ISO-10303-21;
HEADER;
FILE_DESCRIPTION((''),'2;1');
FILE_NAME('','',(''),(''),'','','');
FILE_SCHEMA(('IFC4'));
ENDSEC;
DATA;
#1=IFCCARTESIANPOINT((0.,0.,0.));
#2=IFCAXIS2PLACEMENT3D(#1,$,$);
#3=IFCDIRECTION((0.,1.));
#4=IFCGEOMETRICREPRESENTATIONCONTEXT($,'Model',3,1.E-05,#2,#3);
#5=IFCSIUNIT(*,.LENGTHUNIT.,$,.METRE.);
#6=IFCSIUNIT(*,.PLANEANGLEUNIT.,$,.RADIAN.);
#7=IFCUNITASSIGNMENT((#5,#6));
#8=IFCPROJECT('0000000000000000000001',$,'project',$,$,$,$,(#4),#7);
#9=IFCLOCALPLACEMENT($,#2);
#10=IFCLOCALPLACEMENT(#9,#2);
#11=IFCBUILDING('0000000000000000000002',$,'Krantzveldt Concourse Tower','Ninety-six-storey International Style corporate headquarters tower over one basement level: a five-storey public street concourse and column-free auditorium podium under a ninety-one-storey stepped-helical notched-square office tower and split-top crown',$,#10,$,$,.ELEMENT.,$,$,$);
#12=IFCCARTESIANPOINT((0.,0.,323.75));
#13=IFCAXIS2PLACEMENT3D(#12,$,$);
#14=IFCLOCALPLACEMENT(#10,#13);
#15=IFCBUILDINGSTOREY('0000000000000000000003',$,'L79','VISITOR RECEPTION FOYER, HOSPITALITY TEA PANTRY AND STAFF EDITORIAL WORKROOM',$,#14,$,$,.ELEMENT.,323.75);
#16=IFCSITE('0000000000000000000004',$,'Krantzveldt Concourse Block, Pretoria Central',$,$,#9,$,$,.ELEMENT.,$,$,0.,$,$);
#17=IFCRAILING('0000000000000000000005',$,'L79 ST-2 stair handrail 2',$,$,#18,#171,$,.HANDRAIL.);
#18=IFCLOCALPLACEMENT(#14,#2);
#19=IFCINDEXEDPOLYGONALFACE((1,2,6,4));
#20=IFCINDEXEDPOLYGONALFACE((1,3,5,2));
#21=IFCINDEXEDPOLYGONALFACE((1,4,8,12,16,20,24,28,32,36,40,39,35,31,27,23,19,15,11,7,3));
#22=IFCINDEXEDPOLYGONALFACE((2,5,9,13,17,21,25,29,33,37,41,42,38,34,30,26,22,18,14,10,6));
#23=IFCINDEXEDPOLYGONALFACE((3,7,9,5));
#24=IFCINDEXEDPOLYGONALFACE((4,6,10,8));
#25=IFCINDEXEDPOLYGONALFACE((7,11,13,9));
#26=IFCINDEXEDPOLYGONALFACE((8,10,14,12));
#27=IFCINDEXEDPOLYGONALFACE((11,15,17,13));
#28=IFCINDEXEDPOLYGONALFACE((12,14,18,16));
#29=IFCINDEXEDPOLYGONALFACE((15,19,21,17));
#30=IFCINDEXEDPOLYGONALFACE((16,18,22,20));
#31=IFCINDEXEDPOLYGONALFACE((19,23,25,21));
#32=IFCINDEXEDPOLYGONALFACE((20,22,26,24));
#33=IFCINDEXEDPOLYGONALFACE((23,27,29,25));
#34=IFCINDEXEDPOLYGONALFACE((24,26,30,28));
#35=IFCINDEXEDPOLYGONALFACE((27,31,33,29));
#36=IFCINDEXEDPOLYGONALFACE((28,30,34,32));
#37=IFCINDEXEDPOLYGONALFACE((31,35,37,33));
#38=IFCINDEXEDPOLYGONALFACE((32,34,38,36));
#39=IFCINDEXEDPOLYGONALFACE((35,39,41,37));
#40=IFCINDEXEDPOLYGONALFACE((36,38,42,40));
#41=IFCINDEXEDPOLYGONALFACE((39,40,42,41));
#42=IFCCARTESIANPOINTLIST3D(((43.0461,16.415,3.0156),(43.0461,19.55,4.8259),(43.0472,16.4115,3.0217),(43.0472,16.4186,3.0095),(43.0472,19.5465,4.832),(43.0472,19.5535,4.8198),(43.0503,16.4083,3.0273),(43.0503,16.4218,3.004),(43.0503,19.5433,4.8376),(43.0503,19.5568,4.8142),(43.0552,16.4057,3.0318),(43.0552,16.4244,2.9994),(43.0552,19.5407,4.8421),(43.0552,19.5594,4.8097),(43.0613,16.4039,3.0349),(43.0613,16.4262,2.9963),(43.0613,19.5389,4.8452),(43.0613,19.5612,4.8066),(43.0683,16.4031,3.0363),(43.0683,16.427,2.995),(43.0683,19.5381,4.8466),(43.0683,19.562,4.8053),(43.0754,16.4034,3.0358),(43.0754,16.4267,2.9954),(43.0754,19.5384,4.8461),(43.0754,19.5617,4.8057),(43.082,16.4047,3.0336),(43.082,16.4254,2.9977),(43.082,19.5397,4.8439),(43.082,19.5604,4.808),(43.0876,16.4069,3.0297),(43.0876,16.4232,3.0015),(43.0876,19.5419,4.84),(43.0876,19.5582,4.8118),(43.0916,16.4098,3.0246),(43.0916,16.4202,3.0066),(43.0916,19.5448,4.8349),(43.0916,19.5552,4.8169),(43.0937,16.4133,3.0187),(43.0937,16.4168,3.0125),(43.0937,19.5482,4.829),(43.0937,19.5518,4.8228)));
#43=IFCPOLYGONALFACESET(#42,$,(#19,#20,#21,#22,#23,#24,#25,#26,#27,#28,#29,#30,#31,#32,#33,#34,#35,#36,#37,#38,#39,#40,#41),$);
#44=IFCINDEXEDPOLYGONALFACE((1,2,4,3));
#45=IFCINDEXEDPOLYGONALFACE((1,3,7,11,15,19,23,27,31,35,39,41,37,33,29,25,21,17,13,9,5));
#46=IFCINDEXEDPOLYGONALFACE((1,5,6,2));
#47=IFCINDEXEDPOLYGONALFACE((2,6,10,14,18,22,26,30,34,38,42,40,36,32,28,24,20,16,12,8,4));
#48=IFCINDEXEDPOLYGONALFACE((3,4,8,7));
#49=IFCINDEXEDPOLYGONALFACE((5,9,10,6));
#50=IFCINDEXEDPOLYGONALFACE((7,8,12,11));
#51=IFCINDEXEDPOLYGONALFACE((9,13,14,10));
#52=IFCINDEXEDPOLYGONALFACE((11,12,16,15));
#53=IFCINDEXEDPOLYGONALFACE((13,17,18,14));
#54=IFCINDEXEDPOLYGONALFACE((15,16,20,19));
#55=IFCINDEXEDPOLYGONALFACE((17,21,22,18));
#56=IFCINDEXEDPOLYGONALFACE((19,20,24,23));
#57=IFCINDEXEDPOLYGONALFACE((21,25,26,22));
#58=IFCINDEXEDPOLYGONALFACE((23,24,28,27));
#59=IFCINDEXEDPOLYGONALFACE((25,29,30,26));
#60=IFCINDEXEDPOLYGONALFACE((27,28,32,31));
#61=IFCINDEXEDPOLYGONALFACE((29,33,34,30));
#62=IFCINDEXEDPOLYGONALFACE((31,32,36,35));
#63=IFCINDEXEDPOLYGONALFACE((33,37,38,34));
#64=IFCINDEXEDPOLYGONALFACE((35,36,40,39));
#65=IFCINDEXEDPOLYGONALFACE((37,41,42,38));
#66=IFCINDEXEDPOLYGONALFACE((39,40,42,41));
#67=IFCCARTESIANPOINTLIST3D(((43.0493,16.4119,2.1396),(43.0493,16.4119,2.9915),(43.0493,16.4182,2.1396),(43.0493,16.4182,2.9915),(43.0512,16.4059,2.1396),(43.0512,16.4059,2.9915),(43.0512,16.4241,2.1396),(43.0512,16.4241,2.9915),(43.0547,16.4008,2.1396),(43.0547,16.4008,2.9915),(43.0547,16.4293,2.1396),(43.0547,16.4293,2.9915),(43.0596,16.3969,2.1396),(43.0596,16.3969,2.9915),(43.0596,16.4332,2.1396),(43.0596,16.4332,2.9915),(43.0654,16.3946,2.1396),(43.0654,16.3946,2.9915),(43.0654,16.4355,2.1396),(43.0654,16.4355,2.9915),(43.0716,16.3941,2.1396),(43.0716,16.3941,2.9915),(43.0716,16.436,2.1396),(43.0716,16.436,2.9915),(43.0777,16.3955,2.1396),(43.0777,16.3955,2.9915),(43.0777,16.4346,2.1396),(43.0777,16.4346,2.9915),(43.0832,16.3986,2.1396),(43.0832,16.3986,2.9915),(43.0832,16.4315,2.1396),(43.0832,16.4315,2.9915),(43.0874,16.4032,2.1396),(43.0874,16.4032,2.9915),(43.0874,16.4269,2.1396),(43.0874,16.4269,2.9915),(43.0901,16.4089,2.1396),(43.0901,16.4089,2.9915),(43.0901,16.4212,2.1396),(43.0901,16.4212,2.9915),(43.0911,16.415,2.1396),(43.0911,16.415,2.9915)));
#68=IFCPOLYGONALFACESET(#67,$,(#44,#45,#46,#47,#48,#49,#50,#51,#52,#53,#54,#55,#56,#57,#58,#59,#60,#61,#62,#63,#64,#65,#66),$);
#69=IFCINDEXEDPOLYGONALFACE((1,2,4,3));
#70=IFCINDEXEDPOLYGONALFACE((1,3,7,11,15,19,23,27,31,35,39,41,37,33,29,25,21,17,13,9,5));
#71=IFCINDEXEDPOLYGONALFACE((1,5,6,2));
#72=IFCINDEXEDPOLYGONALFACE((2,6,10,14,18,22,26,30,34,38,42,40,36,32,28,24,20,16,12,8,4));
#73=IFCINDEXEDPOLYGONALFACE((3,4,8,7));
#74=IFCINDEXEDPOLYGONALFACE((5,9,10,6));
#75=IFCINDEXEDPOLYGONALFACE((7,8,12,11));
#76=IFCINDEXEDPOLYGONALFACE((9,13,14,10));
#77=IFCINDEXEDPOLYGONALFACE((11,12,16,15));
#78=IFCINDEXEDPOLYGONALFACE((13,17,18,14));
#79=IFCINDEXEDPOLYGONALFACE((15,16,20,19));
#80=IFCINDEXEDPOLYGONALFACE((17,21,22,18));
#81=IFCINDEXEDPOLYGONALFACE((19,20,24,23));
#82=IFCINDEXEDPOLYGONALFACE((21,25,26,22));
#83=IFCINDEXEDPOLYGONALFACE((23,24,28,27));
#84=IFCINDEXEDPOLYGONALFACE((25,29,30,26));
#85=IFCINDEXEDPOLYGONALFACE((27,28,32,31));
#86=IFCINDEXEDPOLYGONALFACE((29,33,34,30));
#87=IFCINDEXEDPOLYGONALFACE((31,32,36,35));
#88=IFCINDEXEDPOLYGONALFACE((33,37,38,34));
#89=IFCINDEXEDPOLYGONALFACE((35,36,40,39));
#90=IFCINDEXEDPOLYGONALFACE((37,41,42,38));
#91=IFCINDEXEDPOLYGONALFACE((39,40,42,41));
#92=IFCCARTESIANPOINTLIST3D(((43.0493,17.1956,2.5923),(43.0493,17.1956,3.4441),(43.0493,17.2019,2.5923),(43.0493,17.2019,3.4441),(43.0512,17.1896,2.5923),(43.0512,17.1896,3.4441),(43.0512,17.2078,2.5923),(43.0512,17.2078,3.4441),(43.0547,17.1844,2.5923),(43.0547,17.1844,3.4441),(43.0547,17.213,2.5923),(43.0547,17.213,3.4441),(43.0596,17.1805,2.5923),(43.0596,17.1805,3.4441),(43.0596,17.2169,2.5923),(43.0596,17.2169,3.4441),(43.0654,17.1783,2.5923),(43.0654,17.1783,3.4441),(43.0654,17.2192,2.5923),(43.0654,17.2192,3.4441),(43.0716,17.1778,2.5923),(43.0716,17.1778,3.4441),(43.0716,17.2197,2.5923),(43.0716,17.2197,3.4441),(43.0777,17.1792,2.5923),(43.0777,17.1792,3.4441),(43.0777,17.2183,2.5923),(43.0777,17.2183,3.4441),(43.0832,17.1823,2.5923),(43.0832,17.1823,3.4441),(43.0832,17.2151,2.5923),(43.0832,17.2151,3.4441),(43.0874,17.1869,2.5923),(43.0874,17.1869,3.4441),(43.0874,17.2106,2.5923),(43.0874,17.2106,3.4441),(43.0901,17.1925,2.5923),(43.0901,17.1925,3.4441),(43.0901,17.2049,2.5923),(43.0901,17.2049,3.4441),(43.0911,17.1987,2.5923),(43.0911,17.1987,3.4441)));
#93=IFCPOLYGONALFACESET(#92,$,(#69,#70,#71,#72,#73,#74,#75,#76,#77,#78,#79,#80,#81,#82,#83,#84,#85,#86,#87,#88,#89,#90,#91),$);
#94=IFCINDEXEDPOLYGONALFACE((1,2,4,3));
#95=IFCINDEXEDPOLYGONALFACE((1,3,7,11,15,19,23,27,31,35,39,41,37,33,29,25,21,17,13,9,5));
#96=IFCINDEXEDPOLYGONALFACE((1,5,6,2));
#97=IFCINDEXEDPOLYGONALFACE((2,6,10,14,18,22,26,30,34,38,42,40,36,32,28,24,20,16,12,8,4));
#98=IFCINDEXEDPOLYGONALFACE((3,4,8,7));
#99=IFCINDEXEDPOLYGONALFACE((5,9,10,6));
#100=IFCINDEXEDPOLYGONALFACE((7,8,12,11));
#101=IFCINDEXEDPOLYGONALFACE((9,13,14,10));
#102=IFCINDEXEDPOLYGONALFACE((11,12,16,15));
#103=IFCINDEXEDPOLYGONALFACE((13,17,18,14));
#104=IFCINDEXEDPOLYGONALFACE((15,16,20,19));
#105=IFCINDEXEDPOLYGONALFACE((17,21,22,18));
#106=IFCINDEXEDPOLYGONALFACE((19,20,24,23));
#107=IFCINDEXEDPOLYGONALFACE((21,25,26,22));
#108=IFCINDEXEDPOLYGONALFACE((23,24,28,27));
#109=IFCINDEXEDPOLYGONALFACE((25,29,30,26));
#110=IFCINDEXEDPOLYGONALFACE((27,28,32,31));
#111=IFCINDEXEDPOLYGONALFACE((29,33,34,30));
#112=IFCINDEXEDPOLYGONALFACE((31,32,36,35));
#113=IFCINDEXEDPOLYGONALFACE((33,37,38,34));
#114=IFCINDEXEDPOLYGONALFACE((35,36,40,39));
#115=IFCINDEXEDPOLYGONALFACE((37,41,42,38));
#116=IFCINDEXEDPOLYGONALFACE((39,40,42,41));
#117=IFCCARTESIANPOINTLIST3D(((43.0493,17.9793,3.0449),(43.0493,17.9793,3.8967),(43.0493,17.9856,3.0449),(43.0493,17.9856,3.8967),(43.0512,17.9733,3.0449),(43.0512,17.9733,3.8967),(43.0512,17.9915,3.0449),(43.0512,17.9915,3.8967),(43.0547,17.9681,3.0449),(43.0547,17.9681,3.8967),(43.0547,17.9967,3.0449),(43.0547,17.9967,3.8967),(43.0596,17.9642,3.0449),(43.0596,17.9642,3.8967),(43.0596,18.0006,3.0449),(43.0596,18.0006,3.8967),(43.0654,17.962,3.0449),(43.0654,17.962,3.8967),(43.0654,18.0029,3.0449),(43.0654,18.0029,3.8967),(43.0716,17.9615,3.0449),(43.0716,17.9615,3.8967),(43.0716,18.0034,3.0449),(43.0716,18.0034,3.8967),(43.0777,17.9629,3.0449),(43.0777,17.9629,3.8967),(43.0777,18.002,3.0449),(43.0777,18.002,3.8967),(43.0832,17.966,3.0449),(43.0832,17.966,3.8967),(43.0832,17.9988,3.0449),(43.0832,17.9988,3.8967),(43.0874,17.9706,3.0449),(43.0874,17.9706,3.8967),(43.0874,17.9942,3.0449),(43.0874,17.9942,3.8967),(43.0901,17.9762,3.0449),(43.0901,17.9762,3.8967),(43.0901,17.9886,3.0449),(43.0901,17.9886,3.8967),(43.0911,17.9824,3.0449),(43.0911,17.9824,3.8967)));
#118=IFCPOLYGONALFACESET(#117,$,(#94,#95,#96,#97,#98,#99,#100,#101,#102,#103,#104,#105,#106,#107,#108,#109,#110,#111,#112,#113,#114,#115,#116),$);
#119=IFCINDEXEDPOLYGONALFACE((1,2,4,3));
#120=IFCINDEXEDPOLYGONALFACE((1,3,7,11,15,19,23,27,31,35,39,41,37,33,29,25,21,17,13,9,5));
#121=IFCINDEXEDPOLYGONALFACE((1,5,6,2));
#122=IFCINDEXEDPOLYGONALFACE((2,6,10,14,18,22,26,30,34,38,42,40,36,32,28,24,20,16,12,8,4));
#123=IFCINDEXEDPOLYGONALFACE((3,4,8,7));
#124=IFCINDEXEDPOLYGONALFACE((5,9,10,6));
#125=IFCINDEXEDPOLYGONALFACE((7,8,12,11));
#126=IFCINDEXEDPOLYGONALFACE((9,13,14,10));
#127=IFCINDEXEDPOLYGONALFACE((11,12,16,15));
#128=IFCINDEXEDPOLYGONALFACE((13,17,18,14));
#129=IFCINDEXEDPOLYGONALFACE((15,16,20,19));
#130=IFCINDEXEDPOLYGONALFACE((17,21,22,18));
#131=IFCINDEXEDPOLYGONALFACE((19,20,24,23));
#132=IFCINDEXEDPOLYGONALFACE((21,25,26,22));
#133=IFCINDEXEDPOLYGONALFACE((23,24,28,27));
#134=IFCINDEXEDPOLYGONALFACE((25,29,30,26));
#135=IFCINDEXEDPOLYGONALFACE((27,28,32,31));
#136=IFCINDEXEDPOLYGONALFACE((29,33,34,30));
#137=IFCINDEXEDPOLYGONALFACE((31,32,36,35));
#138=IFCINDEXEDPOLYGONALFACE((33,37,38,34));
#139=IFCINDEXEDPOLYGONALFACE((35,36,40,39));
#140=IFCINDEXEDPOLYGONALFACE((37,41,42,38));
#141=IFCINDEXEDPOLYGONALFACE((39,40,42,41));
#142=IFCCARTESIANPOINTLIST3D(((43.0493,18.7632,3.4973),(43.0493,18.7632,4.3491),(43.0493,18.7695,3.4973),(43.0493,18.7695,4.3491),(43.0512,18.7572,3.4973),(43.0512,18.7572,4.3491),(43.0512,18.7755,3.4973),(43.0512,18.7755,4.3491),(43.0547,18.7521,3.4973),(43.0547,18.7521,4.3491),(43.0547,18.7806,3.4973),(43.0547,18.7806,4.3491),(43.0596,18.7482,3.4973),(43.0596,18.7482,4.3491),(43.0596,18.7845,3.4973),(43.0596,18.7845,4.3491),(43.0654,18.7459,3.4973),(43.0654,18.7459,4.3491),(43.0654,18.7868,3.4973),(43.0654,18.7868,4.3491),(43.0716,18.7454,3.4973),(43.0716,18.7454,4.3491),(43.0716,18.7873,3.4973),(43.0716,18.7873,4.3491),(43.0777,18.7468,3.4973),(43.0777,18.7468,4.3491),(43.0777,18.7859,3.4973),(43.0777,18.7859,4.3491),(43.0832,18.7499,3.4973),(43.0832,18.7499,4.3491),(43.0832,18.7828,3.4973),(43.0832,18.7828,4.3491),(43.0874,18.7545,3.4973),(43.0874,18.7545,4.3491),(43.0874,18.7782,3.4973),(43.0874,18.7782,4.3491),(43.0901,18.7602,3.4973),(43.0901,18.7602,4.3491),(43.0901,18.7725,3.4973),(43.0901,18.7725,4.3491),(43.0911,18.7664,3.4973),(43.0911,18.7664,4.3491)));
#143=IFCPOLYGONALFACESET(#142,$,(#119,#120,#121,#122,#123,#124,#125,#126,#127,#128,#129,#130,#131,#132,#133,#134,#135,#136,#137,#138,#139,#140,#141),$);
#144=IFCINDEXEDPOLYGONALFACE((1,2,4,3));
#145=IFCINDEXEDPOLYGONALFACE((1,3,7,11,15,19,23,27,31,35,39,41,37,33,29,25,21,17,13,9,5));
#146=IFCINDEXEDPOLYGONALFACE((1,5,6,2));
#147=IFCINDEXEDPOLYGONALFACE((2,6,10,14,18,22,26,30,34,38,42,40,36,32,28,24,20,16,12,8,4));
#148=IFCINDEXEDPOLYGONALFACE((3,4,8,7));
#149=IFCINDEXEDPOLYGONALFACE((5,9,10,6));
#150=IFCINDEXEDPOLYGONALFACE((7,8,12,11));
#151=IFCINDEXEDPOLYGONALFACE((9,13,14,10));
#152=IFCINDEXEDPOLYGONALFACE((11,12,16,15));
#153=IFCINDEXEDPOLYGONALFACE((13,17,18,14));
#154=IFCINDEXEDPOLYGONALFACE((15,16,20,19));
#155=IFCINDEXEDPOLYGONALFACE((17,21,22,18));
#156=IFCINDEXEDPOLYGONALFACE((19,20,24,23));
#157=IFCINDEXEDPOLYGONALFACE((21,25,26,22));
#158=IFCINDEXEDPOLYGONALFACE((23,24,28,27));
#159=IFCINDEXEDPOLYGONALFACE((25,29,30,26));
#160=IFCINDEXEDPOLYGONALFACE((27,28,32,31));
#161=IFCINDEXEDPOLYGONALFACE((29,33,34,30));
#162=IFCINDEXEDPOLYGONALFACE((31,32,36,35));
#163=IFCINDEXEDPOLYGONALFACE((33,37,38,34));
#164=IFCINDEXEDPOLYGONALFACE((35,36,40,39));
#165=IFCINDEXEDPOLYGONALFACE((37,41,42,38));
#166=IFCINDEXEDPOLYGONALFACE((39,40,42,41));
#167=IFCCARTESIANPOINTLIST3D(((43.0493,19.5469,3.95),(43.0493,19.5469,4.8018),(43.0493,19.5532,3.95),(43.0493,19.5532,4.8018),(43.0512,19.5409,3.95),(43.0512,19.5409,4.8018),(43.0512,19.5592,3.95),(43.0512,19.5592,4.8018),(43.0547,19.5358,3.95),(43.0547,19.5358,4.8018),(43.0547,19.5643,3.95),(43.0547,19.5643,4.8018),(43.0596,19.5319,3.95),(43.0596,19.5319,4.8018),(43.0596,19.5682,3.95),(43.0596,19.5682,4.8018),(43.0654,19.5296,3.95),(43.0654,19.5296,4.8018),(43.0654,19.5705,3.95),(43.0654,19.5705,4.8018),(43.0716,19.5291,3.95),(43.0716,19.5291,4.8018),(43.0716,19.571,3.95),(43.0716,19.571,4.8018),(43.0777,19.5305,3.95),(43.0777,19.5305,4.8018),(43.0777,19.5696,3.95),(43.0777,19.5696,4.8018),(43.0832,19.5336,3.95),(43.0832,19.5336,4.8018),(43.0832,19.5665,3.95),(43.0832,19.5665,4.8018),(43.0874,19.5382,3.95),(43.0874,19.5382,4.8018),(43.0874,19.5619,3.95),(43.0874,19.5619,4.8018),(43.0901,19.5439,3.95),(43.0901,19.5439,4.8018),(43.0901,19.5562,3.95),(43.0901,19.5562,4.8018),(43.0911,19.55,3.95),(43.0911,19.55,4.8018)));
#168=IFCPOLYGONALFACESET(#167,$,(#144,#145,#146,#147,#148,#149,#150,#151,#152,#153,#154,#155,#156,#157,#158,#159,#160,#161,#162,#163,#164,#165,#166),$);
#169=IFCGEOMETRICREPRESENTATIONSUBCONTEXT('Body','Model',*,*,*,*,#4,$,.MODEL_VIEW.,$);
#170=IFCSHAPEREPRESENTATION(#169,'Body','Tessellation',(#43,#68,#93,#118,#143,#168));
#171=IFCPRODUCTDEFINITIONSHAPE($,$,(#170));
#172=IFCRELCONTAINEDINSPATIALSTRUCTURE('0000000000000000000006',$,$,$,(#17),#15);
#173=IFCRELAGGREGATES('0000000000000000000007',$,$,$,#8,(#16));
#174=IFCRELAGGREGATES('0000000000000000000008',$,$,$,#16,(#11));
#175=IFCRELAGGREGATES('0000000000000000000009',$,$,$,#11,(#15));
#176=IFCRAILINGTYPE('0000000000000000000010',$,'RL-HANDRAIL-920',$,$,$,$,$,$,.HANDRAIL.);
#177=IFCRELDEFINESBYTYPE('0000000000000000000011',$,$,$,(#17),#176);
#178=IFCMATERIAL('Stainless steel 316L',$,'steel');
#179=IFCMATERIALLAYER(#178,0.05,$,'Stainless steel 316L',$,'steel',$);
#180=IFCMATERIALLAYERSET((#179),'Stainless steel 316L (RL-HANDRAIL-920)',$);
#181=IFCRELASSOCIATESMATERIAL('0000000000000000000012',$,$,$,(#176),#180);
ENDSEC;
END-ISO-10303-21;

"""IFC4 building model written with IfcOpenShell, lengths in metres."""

from ifc_helpers import new_model, si_unit, direction, frame, origin, origin_2d, place, context, subcontext, project, spatial, circle, extrude, material, layer, layer_set, type_object, element, save


model = new_model("IFC4")

# Units and contexts
model_context = context("Model", 3, precision=1e-05, world=origin(), true_north=direction((0.0, 1.0)))
body_context = subcontext(model_context, "Body", "Model", "MODEL_VIEW")
ifc_project = project(units=[si_unit("LENGTHUNIT", "METRE"), si_unit("PLANEANGLEUNIT", "RADIAN")], contexts=[model_context])

# Site, building, storey
site_placement = place(None, origin())
site = spatial("IfcSite", under=ifc_project, at=site_placement, Name="Krantzveldt Concourse Block, Pretoria Central", CompositionType="ELEMENT", RefElevation=0.0)
building_placement = place(site_placement, origin())
building = spatial("IfcBuilding", under=site, at=building_placement, Name="Krantzveldt Concourse Tower", Description="Ninety-six-storey International Style corporate headquarters tower over one basement level: a five-storey public street concourse and column-free auditorium podium under a ninety-one-storey stepped-helical notched-square office tower and split-top crown", CompositionType="ELEMENT")
storey_placement = place(building_placement, frame((0.0, 0.0, 323.75)))
storey = spatial("IfcBuildingStorey", under=building, at=storey_placement, Name="L79", Description="VISITOR RECEPTION FOYER, HOSPITALITY TEA PANTRY AND STAFF EDITORIAL WORKROOM", CompositionType="ELEMENT", Elevation=323.75)

# Railing
ifc_material_1 = material(Name="Stainless steel 316L", Category="steel")
ifc_layer_1 = layer(ifc_material_1, 0.05, Name="Stainless steel 316L", Category="steel")
ifc_layer_set_1 = layer_set([ifc_layer_1], Name="Stainless steel 316L (RL-HANDRAIL-920)")
railing_type = type_object("IfcRailingType", Name="RL-HANDRAIL-920", PredefinedType="HANDRAIL", material=ifc_layer_set_1)
railing_placement = place(storey_placement, frame((43.0701, 16.415, 2.1396)))
element("IfcRailing", 1, at=railing_placement, inside=storey, type_object=railing_type, Name="L79 ST-2 stair handrail 2", PredefinedType="HANDRAIL", context=body_context, shape_type="SweptSolid", body=[
    extrude(circle(Radius=0.0239, at=origin_2d()), frame((0.0, 0.0, 0.876), z_axis=(0.0, 0.865989, 0.500063), x_axis=(-1.0, 0.0, 0.0)), (0.0, 0.0, 1.0), 3.6201),
    extrude(circle(Radius=0.021, at=origin_2d()), origin(), (0.0, 0.0, 1.0), 0.8518),
    extrude(circle(Radius=0.021, at=origin_2d()), frame((0.0, 0.7837, 0.4526)), (0.0, 0.0, 1.0), 0.8518),
    extrude(circle(Radius=0.021, at=origin_2d()), frame((0.0, 1.5674, 0.9053)), (0.0, 0.0, 1.0), 0.8518),
    extrude(circle(Radius=0.021, at=origin_2d()), frame((0.0, 2.3513, 1.3577)), (0.0, 0.0, 1.0), 0.8518),
    extrude(circle(Radius=0.021, at=origin_2d()), frame((0.0, 3.135, 1.8103)), (0.0, 0.0, 1.0), 0.8518),
])

save(model, "model.ifc")
